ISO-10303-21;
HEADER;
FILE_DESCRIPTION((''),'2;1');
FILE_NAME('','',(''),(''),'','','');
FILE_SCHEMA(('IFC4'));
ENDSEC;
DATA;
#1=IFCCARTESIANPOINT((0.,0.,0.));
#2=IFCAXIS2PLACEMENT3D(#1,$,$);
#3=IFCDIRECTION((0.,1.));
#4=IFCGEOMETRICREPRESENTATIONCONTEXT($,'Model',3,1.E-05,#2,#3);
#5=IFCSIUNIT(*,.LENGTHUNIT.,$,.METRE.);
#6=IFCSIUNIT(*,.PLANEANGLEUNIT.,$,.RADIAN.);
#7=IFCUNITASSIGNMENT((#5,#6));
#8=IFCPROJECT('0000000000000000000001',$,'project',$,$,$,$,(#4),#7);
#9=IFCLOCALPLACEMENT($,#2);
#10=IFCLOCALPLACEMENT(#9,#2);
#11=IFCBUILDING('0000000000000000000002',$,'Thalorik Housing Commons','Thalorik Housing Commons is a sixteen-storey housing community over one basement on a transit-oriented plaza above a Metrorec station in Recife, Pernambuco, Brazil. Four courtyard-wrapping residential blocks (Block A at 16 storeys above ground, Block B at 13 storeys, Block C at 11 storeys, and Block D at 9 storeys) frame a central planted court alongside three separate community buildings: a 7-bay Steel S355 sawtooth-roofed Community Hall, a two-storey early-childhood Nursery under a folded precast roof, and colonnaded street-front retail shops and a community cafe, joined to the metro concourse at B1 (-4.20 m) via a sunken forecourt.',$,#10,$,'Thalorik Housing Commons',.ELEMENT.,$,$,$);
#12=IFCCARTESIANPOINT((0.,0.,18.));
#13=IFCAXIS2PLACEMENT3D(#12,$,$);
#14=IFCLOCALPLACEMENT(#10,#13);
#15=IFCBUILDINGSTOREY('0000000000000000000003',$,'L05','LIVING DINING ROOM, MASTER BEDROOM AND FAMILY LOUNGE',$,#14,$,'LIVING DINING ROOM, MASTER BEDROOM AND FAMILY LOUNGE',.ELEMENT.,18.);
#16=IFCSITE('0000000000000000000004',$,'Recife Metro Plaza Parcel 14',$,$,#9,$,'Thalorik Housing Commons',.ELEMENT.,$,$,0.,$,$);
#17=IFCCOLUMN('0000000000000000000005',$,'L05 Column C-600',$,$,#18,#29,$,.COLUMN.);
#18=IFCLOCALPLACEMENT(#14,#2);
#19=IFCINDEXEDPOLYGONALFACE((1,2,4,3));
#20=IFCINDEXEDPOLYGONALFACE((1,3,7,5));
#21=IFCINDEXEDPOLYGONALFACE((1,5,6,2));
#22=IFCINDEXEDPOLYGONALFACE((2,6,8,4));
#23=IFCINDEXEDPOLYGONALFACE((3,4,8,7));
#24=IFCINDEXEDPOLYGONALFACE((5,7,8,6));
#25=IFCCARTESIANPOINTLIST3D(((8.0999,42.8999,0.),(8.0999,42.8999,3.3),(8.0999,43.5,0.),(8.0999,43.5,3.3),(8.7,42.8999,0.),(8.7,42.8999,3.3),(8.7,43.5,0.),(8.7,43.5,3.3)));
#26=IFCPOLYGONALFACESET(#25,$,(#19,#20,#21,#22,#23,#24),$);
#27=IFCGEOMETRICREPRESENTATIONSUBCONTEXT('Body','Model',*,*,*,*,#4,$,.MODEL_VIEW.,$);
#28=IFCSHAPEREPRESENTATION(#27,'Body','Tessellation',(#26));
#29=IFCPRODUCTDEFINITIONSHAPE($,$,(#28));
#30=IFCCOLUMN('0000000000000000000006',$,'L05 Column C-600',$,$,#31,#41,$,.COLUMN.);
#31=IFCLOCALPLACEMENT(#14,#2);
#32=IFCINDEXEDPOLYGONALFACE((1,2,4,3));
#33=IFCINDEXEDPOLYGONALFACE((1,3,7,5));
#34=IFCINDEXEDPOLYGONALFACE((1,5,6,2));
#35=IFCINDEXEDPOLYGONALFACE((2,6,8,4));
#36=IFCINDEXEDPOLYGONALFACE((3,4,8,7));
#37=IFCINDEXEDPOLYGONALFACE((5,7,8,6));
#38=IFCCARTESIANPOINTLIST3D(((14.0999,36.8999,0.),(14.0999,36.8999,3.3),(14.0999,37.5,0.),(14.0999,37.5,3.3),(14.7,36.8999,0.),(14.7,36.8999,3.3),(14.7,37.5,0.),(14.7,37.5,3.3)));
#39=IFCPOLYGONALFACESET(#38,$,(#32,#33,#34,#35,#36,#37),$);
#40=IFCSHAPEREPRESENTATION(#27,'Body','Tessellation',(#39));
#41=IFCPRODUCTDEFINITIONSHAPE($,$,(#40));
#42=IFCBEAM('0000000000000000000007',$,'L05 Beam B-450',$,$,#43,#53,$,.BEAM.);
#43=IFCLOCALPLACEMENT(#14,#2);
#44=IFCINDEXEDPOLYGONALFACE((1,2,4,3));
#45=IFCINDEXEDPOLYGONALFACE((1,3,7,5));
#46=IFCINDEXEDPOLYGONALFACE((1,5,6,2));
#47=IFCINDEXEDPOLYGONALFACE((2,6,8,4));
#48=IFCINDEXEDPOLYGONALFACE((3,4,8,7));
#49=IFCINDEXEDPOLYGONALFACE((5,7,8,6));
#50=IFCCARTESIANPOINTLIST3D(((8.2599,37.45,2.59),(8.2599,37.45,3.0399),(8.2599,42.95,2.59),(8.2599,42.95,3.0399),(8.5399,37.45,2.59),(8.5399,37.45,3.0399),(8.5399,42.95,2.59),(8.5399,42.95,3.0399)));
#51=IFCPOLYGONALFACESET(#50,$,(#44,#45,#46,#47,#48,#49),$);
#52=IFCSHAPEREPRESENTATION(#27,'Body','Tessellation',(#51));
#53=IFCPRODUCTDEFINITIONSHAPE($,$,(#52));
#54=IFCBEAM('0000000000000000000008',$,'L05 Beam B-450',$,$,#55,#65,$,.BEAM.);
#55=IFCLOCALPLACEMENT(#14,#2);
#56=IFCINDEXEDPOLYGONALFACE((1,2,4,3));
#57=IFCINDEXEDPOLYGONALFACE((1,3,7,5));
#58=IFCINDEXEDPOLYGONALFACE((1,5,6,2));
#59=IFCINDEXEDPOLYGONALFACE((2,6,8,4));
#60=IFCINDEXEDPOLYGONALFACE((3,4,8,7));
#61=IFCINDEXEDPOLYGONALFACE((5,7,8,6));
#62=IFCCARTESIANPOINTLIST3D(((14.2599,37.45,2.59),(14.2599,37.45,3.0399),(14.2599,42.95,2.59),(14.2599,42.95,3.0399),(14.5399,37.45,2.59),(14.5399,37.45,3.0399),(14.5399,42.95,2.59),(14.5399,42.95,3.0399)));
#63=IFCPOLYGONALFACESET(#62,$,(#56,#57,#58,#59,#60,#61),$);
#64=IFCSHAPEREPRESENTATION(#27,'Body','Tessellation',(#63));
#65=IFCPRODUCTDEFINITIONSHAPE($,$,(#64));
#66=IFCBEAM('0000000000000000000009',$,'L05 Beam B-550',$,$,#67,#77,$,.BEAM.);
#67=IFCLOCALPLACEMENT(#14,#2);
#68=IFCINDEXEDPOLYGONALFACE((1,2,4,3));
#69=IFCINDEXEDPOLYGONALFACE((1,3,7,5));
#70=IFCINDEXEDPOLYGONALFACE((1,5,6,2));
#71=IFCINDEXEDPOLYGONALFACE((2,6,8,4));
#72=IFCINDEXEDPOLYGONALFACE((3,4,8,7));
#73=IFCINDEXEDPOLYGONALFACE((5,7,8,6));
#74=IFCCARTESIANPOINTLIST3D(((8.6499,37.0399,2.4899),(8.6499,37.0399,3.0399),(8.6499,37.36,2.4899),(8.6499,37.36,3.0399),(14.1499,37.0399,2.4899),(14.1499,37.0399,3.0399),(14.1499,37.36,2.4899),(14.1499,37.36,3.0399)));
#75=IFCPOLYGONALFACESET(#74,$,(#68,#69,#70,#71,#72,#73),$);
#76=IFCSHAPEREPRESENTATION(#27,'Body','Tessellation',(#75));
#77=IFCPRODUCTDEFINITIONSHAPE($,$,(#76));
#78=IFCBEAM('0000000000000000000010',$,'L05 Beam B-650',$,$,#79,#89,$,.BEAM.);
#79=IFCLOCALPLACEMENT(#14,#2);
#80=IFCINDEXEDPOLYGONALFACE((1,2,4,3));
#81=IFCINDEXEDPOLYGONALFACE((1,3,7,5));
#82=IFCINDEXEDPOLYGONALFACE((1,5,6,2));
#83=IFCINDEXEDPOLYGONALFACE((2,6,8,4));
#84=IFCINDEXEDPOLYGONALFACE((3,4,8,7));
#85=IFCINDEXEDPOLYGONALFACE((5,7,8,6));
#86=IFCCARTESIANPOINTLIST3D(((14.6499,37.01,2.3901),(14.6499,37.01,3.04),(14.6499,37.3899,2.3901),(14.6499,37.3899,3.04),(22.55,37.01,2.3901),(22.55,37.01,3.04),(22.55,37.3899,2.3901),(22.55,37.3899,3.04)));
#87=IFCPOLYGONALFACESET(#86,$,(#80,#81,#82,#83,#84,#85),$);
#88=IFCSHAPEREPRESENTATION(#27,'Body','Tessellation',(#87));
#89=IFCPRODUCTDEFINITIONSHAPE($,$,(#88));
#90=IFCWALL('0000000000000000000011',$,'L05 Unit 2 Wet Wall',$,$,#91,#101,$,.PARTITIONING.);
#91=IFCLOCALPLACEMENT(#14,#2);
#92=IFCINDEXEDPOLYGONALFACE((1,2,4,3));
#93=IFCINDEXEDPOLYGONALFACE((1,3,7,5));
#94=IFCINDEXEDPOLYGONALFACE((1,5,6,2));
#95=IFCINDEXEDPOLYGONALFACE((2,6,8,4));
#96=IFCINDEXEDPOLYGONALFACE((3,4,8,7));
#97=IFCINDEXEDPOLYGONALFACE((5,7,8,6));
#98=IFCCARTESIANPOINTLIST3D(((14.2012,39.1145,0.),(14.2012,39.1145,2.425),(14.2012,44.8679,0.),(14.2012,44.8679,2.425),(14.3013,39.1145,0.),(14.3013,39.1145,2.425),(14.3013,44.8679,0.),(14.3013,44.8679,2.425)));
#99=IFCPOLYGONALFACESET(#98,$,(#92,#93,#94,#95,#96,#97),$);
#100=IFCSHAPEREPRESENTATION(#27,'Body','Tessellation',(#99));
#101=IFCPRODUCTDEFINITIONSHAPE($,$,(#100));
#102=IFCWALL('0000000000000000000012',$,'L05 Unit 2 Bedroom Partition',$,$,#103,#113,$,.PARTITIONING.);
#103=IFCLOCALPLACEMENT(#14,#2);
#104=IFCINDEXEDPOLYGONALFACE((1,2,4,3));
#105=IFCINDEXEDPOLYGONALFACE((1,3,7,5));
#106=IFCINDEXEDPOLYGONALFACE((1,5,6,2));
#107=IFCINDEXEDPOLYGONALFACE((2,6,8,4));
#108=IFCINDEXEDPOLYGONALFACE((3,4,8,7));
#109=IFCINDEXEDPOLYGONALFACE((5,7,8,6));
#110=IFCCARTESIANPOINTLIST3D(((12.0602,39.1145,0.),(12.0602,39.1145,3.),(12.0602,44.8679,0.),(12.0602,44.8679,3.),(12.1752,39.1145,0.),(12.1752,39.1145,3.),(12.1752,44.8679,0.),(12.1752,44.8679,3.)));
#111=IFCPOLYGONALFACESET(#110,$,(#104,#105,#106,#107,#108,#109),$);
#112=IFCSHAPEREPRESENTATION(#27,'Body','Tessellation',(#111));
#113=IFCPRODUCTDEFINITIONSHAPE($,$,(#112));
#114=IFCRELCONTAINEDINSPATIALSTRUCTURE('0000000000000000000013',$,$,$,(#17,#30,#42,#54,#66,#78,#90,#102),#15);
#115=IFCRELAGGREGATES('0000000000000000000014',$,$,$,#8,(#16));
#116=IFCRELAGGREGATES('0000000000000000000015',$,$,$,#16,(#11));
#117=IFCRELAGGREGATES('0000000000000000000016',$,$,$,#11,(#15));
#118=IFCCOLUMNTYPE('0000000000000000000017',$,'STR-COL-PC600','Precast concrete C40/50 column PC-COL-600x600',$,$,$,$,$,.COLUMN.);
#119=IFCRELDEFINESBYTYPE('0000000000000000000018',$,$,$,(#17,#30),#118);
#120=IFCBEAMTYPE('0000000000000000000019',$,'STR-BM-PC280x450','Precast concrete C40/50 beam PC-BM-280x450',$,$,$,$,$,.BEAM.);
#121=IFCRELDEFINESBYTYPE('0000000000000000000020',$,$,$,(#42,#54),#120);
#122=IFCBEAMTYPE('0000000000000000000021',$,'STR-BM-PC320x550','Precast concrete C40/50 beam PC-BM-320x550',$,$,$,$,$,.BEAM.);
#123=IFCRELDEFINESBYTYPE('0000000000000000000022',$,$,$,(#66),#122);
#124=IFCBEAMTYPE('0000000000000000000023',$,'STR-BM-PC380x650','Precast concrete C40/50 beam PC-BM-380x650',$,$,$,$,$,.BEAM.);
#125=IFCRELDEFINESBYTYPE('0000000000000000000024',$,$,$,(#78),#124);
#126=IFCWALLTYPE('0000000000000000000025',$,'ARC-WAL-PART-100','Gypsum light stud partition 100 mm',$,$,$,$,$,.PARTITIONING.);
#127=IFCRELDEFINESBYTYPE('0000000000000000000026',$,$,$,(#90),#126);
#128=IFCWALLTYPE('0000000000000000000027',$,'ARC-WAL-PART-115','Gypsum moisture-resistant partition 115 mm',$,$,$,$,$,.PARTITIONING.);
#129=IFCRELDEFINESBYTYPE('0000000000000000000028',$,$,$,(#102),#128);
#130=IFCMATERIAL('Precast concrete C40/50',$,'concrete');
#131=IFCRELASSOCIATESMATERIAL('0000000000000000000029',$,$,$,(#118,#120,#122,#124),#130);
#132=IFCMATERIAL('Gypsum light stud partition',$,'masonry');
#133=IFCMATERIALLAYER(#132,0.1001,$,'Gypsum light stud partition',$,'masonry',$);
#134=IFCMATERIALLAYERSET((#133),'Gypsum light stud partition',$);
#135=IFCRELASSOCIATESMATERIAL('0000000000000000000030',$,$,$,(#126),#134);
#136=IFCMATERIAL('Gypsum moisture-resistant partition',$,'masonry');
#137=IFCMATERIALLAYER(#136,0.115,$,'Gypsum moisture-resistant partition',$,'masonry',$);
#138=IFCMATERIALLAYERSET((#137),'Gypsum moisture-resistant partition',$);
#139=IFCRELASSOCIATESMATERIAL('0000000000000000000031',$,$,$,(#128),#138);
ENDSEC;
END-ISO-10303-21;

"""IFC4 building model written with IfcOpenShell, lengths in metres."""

from ifc_helpers import new_model, si_unit, direction, frame, frame_2d, origin, origin_2d, place, context, subcontext, project, spatial, rectangle, extrude, material, layer, layer_set, material_profile, profile_set, type_object, element, save


model = new_model("IFC4")

# Units and contexts
model_context = context("Model", 3, precision=1e-05, world=origin(), true_north=direction((0.0, 1.0)))
body_context = subcontext(model_context, "Body", "Model", "MODEL_VIEW")
ifc_project = project(units=[si_unit("LENGTHUNIT", "METRE"), si_unit("PLANEANGLEUNIT", "RADIAN")], contexts=[model_context])

# Site, building, storey
site_placement = place(None, origin())
site = spatial("IfcSite", under=ifc_project, at=site_placement, Name="Recife Metro Plaza Parcel 14", LongName="Thalorik Housing Commons", CompositionType="ELEMENT", RefElevation=0.0)
building_placement = place(site_placement, origin())
building = spatial("IfcBuilding", under=site, at=building_placement, Name="Thalorik Housing Commons", Description="Thalorik Housing Commons is a sixteen-storey housing community over one basement on a transit-oriented plaza above a Metrorec station in Recife, Pernambuco, Brazil. Four courtyard-wrapping residential blocks (Block A at 16 storeys above ground, Block B at 13 storeys, Block C at 11 storeys, and Block D at 9 storeys) frame a central planted court alongside three separate community buildings: a 7-bay Steel S355 sawtooth-roofed Community Hall, a two-storey early-childhood Nursery under a folded precast roof, and colonnaded street-front retail shops and a community cafe, joined to the metro concourse at B1 (-4.20 m) via a sunken forecourt.", LongName="Thalorik Housing Commons", CompositionType="ELEMENT")
storey_placement = place(building_placement, frame((0.0, 0.0, 18.0)))
storey = spatial("IfcBuildingStorey", under=building, at=storey_placement, Name="L05", Description="LIVING DINING ROOM, MASTER BEDROOM AND FAMILY LOUNGE", LongName="LIVING DINING ROOM, MASTER BEDROOM AND FAMILY LOUNGE", CompositionType="ELEMENT", Elevation=18.0)

# Columns
ifc_material_1 = material(Name="Precast concrete C40/50", Category="concrete")
ifc_material_profile_1 = material_profile(ifc_material_1, rectangle(XDim=0.6001, YDim=0.6001, at=origin_2d()), Name="PC 600x600", Category="concrete")
ifc_profile_set_1 = profile_set([ifc_material_profile_1], Name="Precast concrete C40/50")
column_type = type_object("IfcColumnType", Name="STR-COL-PC600", Description="Precast concrete C40/50 column PC-COL-600x600", PredefinedType="COLUMN", material=ifc_profile_set_1)
for number, where, z_axis, x_axis, name in (
    (1, (8.3999, 43.2, 0.0), (0.0, 0.0, 1.0), (1.0, 0.0, 0.0), "L05 Column C-600"),
    (2, (14.3999, 37.2, 0.0), (0.0, 0.0, 1.0), (1.0, 0.0, 0.0), "L05 Column C-600"),
):
    element("IfcColumn", number, at=place(storey_placement, frame(where, z_axis=z_axis, x_axis=x_axis)), inside=storey, type_object=column_type, Name=name, PredefinedType="COLUMN", context=body_context, shape_type="SweptSolid", body=[
        extrude(rectangle(XDim=0.6001, YDim=0.6001, at=origin_2d()), origin(), (0.0, 0.0, 1.0), 3.3),
    ])

# Beams
ifc_material_profile_2 = material_profile(ifc_material_1, rectangle(XDim=0.28, YDim=0.45, at=origin_2d()), Name="PC 280x450", Category="concrete")
ifc_profile_set_2 = profile_set([ifc_material_profile_2], Name="Precast concrete C40/50")
beam_type_1 = type_object("IfcBeamType", Name="STR-BM-PC280x450", Description="Precast concrete C40/50 beam PC-BM-280x450", PredefinedType="BEAM", material=ifc_profile_set_2)
for number, where, z_axis, x_axis, name in (
    (3, (8.3999, 37.45, 2.8149), (0.0, 1.0, 0.0), (-1.0, 0.0, 0.0), "L05 Beam B-450"),
    (4, (14.3999, 37.45, 2.8149), (0.0, 1.0, 0.0), (-1.0, 0.0, 0.0), "L05 Beam B-450"),
):
    element("IfcBeam", number, at=place(storey_placement, frame(where, z_axis=z_axis, x_axis=x_axis)), inside=storey, type_object=beam_type_1, Name=name, PredefinedType="BEAM", context=body_context, shape_type="SweptSolid", body=[
        extrude(rectangle(XDim=0.28, YDim=0.45, at=origin_2d()), origin(), (0.0, 0.0, 1.0), 5.5),
    ])
ifc_material_profile_3 = material_profile(ifc_material_1, rectangle(XDim=0.3201, YDim=0.55, at=origin_2d()), Name="PC 320x550", Category="concrete")
ifc_profile_set_3 = profile_set([ifc_material_profile_3], Name="Precast concrete C40/50")
beam_type_2 = type_object("IfcBeamType", Name="STR-BM-PC320x550", Description="Precast concrete C40/50 beam PC-BM-320x550", PredefinedType="BEAM", material=ifc_profile_set_3)
beam_1_placement = place(storey_placement, frame((8.6499, 37.2, 2.7649), z_axis=(1.0, 0.0, 0.0), x_axis=(0.0, 1.0, 0.0)))
element("IfcBeam", 5, at=beam_1_placement, inside=storey, type_object=beam_type_2, Name="L05 Beam B-550", PredefinedType="BEAM", context=body_context, shape_type="SweptSolid", body=[
    extrude(rectangle(XDim=0.3201, YDim=0.55, at=origin_2d()), origin(), (0.0, 0.0, 1.0), 5.5),
])
ifc_material_profile_4 = material_profile(ifc_material_1, rectangle(XDim=0.3799, YDim=0.6499, at=origin_2d()), Name="PC 380x650", Category="concrete")
ifc_profile_set_4 = profile_set([ifc_material_profile_4], Name="Precast concrete C40/50")
beam_type_3 = type_object("IfcBeamType", Name="STR-BM-PC380x650", Description="Precast concrete C40/50 beam PC-BM-380x650", PredefinedType="BEAM", material=ifc_profile_set_4)
beam_2_placement = place(storey_placement, frame((14.6499, 37.2, 2.7151), z_axis=(1.0, 0.0, 0.0), x_axis=(0.0, 1.0, 0.0)))
element("IfcBeam", 6, at=beam_2_placement, inside=storey, type_object=beam_type_3, Name="L05 Beam B-650", PredefinedType="BEAM", context=body_context, shape_type="SweptSolid", body=[
    extrude(rectangle(XDim=0.3799, YDim=0.6499, at=origin_2d()), origin(), (0.0, 0.0, 1.0), 7.9001),
])

# Walls
ifc_material_2 = material(Name="Gypsum light stud partition", Category="masonry")
ifc_layer_1 = layer(ifc_material_2, 0.1001, Name="Gypsum light stud partition", Category="masonry")
ifc_layer_set_1 = layer_set([ifc_layer_1], Name="Gypsum light stud partition")
wall_type_1 = type_object("IfcWallType", Name="ARC-WAL-PART-100", Description="Gypsum light stud partition 100 mm", PredefinedType="PARTITIONING", material=ifc_layer_set_1)
wall_1_placement = place(storey_placement, frame((14.2512, 39.1145, 0.0), z_axis=(0.0, 0.0, 1.0), x_axis=(0.0, 1.0, 0.0)))
element("IfcWall", 7, at=wall_1_placement, inside=storey, type_object=wall_type_1, Name="L05 Unit 2 Wet Wall", PredefinedType="PARTITIONING", context=body_context, shape_type="SweptSolid", body=[
    extrude(rectangle(XDim=5.7534, YDim=0.1001, at=frame_2d((2.8767, 0.0))), origin(), (0.0, 0.0, 1.0), 2.425),
])
ifc_material_3 = material(Name="Gypsum moisture-resistant partition", Category="masonry")
ifc_layer_2 = layer(ifc_material_3, 0.115, Name="Gypsum moisture-resistant partition", Category="masonry")
ifc_layer_set_2 = layer_set([ifc_layer_2], Name="Gypsum moisture-resistant partition")
wall_type_2 = type_object("IfcWallType", Name="ARC-WAL-PART-115", Description="Gypsum moisture-resistant partition 115 mm", PredefinedType="PARTITIONING", material=ifc_layer_set_2)
wall_2_placement = place(storey_placement, frame((12.1177, 39.1145, 0.0), z_axis=(0.0, 0.0, 1.0), x_axis=(0.0, 1.0, 0.0)))
element("IfcWall", 8, at=wall_2_placement, inside=storey, type_object=wall_type_2, Name="L05 Unit 2 Bedroom Partition", PredefinedType="PARTITIONING", context=body_context, shape_type="SweptSolid", body=[
    extrude(rectangle(XDim=5.7534, YDim=0.115, at=frame_2d((2.8767, 0.0))), origin(), (0.0, 0.0, 1.0), 3.0),
])

save(model, "model.ifc")
